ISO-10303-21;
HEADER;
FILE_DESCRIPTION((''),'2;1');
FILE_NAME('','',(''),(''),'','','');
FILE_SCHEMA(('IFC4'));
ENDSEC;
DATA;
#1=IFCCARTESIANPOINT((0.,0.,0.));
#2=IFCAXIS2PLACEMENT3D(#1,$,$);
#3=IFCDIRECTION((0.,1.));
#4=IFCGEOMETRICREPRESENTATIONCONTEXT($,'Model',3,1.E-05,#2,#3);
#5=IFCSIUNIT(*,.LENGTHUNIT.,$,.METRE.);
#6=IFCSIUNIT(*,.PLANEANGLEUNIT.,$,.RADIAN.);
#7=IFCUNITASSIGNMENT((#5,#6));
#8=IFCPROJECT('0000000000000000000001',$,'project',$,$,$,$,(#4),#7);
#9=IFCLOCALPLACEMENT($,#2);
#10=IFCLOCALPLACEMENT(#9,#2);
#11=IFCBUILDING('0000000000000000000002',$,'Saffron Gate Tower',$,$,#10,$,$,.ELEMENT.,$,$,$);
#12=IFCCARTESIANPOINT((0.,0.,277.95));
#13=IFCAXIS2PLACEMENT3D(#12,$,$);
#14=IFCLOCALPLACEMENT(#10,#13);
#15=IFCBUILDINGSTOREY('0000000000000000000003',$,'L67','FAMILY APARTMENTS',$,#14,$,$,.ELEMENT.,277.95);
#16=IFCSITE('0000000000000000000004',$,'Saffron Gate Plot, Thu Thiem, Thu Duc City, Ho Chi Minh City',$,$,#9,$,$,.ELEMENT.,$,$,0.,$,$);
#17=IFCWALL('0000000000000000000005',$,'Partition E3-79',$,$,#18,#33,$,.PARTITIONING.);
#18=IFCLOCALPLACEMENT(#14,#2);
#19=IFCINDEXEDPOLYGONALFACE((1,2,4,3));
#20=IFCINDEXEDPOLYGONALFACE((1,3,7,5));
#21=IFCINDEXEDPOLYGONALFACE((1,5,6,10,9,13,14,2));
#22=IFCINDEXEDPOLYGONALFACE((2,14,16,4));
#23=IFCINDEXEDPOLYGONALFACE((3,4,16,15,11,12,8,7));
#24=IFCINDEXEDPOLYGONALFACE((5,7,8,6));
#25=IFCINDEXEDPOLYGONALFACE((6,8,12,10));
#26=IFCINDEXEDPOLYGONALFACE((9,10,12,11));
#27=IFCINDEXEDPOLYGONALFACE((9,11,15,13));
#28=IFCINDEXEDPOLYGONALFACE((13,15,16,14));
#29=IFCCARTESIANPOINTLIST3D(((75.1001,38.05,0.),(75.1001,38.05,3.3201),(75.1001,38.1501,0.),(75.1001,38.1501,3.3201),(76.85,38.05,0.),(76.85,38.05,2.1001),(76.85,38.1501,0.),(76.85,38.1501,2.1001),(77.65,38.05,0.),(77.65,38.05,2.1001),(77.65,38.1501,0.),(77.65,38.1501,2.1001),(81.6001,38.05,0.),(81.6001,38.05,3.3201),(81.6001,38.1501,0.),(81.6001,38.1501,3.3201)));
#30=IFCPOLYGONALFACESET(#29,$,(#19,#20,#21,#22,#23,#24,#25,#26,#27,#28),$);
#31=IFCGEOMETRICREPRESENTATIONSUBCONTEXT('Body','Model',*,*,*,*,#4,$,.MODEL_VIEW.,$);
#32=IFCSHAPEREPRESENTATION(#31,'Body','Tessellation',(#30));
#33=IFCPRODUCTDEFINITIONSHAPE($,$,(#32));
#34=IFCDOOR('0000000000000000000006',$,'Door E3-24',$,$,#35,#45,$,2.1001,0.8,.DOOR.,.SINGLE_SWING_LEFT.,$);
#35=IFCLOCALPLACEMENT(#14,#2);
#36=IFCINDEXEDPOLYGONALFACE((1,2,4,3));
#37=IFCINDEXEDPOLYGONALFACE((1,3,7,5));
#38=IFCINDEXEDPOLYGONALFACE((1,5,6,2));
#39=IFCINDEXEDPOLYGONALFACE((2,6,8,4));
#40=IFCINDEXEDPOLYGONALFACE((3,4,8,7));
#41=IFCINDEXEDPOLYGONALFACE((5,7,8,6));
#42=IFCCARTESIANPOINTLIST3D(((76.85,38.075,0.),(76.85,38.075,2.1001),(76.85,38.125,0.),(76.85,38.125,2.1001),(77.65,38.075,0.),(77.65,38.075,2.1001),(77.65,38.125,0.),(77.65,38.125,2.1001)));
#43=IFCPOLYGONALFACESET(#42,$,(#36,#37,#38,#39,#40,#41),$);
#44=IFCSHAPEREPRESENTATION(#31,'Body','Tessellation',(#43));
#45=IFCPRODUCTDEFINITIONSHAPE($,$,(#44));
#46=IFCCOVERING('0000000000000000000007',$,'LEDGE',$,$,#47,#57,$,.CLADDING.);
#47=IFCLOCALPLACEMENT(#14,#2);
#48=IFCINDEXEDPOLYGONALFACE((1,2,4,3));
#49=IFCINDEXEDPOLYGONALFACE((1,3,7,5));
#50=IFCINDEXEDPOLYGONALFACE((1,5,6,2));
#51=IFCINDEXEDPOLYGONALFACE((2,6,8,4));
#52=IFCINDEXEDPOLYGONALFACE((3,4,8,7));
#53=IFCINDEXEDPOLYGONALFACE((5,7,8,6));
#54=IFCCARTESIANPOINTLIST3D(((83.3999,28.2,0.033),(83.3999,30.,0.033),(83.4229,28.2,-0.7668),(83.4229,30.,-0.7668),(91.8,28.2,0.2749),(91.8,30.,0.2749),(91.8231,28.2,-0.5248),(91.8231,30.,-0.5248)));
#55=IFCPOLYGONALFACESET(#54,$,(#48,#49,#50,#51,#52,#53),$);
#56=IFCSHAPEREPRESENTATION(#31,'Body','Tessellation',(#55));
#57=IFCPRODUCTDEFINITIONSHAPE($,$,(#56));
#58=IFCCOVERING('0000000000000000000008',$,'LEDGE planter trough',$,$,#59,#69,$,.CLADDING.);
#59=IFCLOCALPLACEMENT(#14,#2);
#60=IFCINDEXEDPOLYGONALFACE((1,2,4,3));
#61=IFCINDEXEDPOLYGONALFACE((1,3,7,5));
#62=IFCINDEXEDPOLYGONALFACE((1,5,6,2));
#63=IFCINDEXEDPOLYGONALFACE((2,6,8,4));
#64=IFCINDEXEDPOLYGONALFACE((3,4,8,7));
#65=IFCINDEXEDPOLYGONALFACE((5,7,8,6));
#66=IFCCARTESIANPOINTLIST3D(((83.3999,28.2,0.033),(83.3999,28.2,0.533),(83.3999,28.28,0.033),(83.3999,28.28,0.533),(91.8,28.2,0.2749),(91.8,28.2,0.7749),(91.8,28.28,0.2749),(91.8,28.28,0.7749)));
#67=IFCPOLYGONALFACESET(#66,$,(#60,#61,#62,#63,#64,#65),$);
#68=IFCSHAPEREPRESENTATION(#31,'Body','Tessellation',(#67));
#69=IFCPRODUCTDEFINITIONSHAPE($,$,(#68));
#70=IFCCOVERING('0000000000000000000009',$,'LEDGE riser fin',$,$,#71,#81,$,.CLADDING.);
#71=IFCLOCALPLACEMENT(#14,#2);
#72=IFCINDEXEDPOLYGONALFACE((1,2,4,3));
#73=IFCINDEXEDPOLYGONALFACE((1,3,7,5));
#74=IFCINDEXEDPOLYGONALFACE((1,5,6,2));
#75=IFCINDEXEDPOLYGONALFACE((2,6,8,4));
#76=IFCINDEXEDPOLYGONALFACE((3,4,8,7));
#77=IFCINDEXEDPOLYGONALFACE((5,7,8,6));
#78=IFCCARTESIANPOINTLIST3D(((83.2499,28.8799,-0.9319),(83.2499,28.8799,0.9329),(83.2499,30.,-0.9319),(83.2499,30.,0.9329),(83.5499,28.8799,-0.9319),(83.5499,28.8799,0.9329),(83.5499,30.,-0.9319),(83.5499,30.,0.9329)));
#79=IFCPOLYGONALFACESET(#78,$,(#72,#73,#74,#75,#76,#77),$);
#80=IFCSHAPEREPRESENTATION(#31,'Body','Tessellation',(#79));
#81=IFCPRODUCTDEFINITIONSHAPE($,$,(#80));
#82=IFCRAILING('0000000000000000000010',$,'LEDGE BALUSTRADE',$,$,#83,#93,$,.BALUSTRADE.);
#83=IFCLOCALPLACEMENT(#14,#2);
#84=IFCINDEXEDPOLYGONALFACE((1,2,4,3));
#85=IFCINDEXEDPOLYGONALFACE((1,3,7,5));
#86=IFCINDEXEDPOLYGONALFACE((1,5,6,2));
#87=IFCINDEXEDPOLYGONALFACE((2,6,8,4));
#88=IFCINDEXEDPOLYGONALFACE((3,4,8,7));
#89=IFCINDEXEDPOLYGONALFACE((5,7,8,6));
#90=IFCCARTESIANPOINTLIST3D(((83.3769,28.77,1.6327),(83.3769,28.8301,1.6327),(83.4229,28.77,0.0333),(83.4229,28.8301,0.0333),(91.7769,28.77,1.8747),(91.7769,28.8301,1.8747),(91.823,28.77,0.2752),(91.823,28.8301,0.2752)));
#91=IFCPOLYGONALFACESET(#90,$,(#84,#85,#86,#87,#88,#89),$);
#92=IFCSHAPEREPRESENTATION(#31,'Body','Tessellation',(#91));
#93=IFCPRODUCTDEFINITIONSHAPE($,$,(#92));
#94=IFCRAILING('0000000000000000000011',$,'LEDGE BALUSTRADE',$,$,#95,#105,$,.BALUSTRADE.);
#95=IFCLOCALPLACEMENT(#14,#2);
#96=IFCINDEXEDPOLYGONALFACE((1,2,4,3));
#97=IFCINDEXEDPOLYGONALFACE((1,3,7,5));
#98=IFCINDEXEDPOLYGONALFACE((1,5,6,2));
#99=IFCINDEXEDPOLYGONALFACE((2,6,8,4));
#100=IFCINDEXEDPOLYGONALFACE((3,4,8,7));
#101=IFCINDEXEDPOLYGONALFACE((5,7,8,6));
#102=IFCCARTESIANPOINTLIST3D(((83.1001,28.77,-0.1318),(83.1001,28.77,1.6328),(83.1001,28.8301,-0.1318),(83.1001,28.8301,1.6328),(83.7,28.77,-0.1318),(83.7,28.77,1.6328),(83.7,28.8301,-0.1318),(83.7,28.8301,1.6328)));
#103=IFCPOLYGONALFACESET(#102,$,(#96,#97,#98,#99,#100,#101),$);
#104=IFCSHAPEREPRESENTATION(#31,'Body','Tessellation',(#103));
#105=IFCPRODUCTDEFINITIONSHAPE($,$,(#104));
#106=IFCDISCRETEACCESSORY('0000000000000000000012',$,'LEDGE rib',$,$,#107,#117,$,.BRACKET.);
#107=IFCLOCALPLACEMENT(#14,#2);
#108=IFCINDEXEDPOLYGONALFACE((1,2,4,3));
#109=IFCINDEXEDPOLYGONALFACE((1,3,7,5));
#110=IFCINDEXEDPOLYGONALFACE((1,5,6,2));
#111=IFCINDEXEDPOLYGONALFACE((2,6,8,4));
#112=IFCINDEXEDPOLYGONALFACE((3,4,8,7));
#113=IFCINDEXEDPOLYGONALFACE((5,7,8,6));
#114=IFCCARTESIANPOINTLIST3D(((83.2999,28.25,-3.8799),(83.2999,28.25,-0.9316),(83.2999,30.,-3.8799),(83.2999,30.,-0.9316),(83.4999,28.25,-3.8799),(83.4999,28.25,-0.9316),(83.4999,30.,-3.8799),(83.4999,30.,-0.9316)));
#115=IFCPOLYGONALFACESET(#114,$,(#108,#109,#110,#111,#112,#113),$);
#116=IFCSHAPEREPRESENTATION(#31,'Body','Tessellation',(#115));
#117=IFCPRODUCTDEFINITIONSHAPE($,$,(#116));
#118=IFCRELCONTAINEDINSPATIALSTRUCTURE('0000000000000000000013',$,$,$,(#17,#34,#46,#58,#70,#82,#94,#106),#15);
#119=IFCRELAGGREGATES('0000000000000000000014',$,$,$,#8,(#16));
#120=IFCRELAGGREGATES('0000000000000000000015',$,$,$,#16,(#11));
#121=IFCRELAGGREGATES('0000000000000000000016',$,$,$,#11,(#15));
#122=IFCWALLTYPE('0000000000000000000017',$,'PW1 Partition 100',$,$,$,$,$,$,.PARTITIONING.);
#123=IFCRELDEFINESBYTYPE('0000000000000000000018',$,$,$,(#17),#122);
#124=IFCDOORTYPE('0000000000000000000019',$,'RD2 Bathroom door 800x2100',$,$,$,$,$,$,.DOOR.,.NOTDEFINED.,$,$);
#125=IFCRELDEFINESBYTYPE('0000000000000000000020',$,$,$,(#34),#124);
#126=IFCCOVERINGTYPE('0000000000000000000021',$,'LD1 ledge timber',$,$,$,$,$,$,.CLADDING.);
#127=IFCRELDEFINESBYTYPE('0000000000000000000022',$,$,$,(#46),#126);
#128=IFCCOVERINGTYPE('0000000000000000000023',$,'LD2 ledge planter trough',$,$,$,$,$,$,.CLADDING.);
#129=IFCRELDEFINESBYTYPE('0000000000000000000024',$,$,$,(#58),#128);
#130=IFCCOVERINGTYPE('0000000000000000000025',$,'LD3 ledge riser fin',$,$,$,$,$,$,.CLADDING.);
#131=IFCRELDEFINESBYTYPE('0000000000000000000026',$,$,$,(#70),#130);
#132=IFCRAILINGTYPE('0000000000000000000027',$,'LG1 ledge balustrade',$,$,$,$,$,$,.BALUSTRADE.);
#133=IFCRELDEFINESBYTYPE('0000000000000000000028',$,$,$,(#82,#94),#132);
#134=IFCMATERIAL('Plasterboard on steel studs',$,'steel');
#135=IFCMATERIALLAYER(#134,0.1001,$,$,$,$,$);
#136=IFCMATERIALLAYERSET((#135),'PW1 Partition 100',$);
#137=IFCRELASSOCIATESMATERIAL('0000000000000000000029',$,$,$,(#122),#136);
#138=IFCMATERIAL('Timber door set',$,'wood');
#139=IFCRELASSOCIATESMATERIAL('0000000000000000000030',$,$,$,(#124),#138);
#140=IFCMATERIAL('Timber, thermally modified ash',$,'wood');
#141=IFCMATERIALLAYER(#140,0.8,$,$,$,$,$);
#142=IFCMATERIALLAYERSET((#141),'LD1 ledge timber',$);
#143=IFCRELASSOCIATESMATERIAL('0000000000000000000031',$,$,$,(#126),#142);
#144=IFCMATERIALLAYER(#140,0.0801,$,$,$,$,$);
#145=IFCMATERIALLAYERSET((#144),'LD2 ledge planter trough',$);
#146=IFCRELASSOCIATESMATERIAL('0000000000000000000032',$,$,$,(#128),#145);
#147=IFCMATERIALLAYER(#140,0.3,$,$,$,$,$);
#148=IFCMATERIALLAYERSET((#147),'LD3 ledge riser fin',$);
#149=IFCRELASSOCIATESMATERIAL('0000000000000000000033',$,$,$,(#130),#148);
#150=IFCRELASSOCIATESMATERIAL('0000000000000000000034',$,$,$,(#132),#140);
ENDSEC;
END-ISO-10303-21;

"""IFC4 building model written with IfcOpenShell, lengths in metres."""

from ifc_helpers import new_model, si_unit, direction, frame, frame_2d, origin, origin_2d, place, context, subcontext, project, spatial, polyline, rectangle, outline, extrude, material, layer, layer_set, type_object, element, fill, save


model = new_model("IFC4")

# Units and contexts
model_context = context("Model", 3, precision=1e-05, world=origin(), true_north=direction((0.0, 1.0)))
body_context = subcontext(model_context, "Body", "Model", "MODEL_VIEW")
ifc_project = project(units=[si_unit("LENGTHUNIT", "METRE"), si_unit("PLANEANGLEUNIT", "RADIAN")], contexts=[model_context])

# Site, building, storey
site_placement = place(None, origin())
site = spatial("IfcSite", under=ifc_project, at=site_placement, Name="Saffron Gate Plot, Thu Thiem, Thu Duc City, Ho Chi Minh City", CompositionType="ELEMENT", RefElevation=0.0)
building_placement = place(site_placement, origin())
building = spatial("IfcBuilding", under=site, at=building_placement, Name="Saffron Gate Tower", CompositionType="ELEMENT")
storey_placement = place(building_placement, frame((0.0, 0.0, 277.95)))
storey = spatial("IfcBuildingStorey", under=building, at=storey_placement, Name="L67", Description="FAMILY APARTMENTS", CompositionType="ELEMENT", Elevation=277.95)

# Shared definitions
ifc_material_1 = material(Name="Plasterboard on steel studs", Category="steel")
ifc_layer_1 = layer(ifc_material_1, 0.1001)
ifc_layer_set_1 = layer_set([ifc_layer_1], Name="PW1 Partition 100")
wall_type = type_object("IfcWallType", Name="PW1 Partition 100", PredefinedType="PARTITIONING", material=ifc_layer_set_1)
ifc_material_2 = material(Name="Timber door set", Category="wood")

# Wall, opening, door
wall_1_placement = place(storey_placement, frame((75.1001, 38.1001, 0.0), z_axis=(0.0, 0.0, 1.0), x_axis=(1.0, 0.0, 0.0)))
wall_1 = element("IfcWall", 1, at=wall_1_placement, inside=storey, type_object=wall_type, Name="Partition E3-79", PredefinedType="PARTITIONING", context=body_context, shape_type="SweptSolid", body=[
    extrude(rectangle(XDim=6.5, YDim=0.1001, at=frame_2d((3.25, 0.0))), origin(), (0.0, 0.0, 1.0), 3.3201),
])
opening_1_placement = place(wall_1_placement, frame((1.75, 0.0, 0.0)))
opening_1 = element("IfcOpeningElement", 2, at=opening_1_placement, cuts=wall_1, PredefinedType="OPENING", context=body_context, shape_type="SweptSolid", body=[
    extrude(rectangle(XDim=0.8, YDim=2.1001, at=frame_2d((0.3999, 1.05))), frame((0.0, 0.0601, 0.0), z_axis=(0.0, -1.0, 0.0), x_axis=(1.0, 0.0, 0.0)), (0.0, 0.0, 1.0), 0.1201),
])
door_type_1 = type_object("IfcDoorType", Name="RD2 Bathroom door 800x2100", OperationType="NOTDEFINED", PredefinedType="DOOR", material=ifc_material_2)
door_1_placement = place(opening_1_placement, origin())
door_1 = element("IfcDoor", 3, at=door_1_placement, inside=storey, type_object=door_type_1, Name="Door E3-24", OperationType="SINGLE_SWING_LEFT", OverallHeight=2.1001, OverallWidth=0.8, PredefinedType="DOOR", context=body_context, shape_type="SweptSolid", body=[
    extrude(rectangle(XDim=0.8, YDim=2.1001, at=frame_2d((0.3999, 1.05))), frame((0.0, 0.0249, 0.0), z_axis=(0.0, -1.0, 0.0), x_axis=(1.0, 0.0, 0.0)), (0.0, 0.0, 1.0), 0.05),
])
fill(opening_1, door_1)

# Coverings
ifc_material_3 = material(Name="Timber, thermally modified ash", Category="wood")
ifc_layer_2 = layer(ifc_material_3, 0.8)
ifc_layer_set_2 = layer_set([ifc_layer_2], Name="LD1 ledge timber")
covering_type_1 = type_object("IfcCoveringType", Name="LD1 ledge timber", PredefinedType="CLADDING", material=ifc_layer_set_2)
covering_1_placement = place(storey_placement, frame((83.3999, 30.0, 0.033), z_axis=(-0.02879, 0.0, 0.999585), x_axis=(0.999585, 0.0, 0.02879)))
element("IfcCovering", 4, at=covering_1_placement, inside=storey, type_object=covering_type_1, Name="LEDGE", PredefinedType="CLADDING", context=body_context, shape_type="SweptSolid", body=[
    extrude(outline(polyline([(0.0, 0.0), (8.4036, 0.0), (8.4036, -1.8), (0.0, -1.8), (0.0, 0.0)])), origin(), (0.0, 0.0, -1.0), 0.8),
])
ifc_layer_3 = layer(ifc_material_3, 0.0801)
ifc_layer_set_3 = layer_set([ifc_layer_3], Name="LD2 ledge planter trough")
covering_type_2 = type_object("IfcCoveringType", Name="LD2 ledge planter trough", PredefinedType="CLADDING", material=ifc_layer_set_3)
covering_2_placement = place(storey_placement, frame((83.3999, 28.2, 0.033), z_axis=(0.0, -1.0, 0.0), x_axis=(0.999585, 0.0, 0.02879)))
element("IfcCovering", 5, at=covering_2_placement, inside=storey, type_object=covering_type_2, Name="LEDGE planter trough", PredefinedType="CLADDING", context=body_context, shape_type="SweptSolid", body=[
    extrude(outline(polyline([(0.0, 0.0), (8.4036, 0.0), (8.418, 0.4998), (0.0144, 0.4998), (0.0, 0.0)])), origin(), (0.0, 0.0, -1.0), 0.0801),
])
ifc_layer_4 = layer(ifc_material_3, 0.3)
ifc_layer_set_4 = layer_set([ifc_layer_4], Name="LD3 ledge riser fin")
covering_type_3 = type_object("IfcCoveringType", Name="LD3 ledge riser fin", PredefinedType="CLADDING", material=ifc_layer_set_4)
covering_3_placement = place(storey_placement, frame((83.3999, 29.4399, -0.9319), z_axis=(0.0, 0.0, 1.0), x_axis=(1.0, 0.0, 0.0)))
element("IfcCovering", 6, at=covering_3_placement, inside=storey, type_object=covering_type_3, Name="LEDGE riser fin", PredefinedType="CLADDING", context=body_context, shape_type="SweptSolid", body=[
    extrude(rectangle(XDim=0.3, YDim=1.1201, at=origin_2d()), origin(), (0.0, 0.0, 1.0), 1.8647),
])

# Railings
railing_type = type_object("IfcRailingType", Name="LG1 ledge balustrade", PredefinedType="BALUSTRADE", material=ifc_material_3)
railing_1_placement = place(storey_placement, frame((83.3999, 28.8, 0.033)))
element("IfcRailing", 7, at=railing_1_placement, inside=storey, type_object=railing_type, Name="LEDGE BALUSTRADE", PredefinedType="BALUSTRADE", context=body_context, shape_type="SweptSolid", body=[
    extrude(rectangle(XDim=0.0601, YDim=1.6001, at=origin_2d()), frame((0.0, 0.0, 0.8), z_axis=(0.999585, 0.0, 0.02879), x_axis=(0.0, 1.0, 0.0)), (0.0, 0.0, 1.0), 8.4036),
])
railing_2_placement = place(storey_placement, frame((83.1001, 28.8, -0.1318)))
element("IfcRailing", 8, at=railing_2_placement, inside=storey, type_object=railing_type, Name="LEDGE BALUSTRADE", PredefinedType="BALUSTRADE", context=body_context, shape_type="SweptSolid", body=[
    extrude(rectangle(XDim=0.0601, YDim=1.7646, at=origin_2d()), frame((0.0, 0.0, 0.8823), z_axis=(1.0, 0.0, 0.0), x_axis=(0.0, 1.0, 0.0)), (0.0, 0.0, 1.0), 0.5999),
])

# Discrete accessory
discrete_accessory_placement = place(storey_placement, frame((83.3999, 29.125, -3.8799), z_axis=(0.0, 0.0, 1.0), x_axis=(1.0, 0.0, 0.0)))
element("IfcDiscreteAccessory", 9, at=discrete_accessory_placement, inside=storey, Name="LEDGE rib", PredefinedType="BRACKET", context=body_context, shape_type="SweptSolid", body=[
    extrude(rectangle(XDim=0.2, YDim=1.75, at=origin_2d()), origin(), (0.0, 0.0, 1.0), 2.9482),
])

save(model, "model.ifc")
